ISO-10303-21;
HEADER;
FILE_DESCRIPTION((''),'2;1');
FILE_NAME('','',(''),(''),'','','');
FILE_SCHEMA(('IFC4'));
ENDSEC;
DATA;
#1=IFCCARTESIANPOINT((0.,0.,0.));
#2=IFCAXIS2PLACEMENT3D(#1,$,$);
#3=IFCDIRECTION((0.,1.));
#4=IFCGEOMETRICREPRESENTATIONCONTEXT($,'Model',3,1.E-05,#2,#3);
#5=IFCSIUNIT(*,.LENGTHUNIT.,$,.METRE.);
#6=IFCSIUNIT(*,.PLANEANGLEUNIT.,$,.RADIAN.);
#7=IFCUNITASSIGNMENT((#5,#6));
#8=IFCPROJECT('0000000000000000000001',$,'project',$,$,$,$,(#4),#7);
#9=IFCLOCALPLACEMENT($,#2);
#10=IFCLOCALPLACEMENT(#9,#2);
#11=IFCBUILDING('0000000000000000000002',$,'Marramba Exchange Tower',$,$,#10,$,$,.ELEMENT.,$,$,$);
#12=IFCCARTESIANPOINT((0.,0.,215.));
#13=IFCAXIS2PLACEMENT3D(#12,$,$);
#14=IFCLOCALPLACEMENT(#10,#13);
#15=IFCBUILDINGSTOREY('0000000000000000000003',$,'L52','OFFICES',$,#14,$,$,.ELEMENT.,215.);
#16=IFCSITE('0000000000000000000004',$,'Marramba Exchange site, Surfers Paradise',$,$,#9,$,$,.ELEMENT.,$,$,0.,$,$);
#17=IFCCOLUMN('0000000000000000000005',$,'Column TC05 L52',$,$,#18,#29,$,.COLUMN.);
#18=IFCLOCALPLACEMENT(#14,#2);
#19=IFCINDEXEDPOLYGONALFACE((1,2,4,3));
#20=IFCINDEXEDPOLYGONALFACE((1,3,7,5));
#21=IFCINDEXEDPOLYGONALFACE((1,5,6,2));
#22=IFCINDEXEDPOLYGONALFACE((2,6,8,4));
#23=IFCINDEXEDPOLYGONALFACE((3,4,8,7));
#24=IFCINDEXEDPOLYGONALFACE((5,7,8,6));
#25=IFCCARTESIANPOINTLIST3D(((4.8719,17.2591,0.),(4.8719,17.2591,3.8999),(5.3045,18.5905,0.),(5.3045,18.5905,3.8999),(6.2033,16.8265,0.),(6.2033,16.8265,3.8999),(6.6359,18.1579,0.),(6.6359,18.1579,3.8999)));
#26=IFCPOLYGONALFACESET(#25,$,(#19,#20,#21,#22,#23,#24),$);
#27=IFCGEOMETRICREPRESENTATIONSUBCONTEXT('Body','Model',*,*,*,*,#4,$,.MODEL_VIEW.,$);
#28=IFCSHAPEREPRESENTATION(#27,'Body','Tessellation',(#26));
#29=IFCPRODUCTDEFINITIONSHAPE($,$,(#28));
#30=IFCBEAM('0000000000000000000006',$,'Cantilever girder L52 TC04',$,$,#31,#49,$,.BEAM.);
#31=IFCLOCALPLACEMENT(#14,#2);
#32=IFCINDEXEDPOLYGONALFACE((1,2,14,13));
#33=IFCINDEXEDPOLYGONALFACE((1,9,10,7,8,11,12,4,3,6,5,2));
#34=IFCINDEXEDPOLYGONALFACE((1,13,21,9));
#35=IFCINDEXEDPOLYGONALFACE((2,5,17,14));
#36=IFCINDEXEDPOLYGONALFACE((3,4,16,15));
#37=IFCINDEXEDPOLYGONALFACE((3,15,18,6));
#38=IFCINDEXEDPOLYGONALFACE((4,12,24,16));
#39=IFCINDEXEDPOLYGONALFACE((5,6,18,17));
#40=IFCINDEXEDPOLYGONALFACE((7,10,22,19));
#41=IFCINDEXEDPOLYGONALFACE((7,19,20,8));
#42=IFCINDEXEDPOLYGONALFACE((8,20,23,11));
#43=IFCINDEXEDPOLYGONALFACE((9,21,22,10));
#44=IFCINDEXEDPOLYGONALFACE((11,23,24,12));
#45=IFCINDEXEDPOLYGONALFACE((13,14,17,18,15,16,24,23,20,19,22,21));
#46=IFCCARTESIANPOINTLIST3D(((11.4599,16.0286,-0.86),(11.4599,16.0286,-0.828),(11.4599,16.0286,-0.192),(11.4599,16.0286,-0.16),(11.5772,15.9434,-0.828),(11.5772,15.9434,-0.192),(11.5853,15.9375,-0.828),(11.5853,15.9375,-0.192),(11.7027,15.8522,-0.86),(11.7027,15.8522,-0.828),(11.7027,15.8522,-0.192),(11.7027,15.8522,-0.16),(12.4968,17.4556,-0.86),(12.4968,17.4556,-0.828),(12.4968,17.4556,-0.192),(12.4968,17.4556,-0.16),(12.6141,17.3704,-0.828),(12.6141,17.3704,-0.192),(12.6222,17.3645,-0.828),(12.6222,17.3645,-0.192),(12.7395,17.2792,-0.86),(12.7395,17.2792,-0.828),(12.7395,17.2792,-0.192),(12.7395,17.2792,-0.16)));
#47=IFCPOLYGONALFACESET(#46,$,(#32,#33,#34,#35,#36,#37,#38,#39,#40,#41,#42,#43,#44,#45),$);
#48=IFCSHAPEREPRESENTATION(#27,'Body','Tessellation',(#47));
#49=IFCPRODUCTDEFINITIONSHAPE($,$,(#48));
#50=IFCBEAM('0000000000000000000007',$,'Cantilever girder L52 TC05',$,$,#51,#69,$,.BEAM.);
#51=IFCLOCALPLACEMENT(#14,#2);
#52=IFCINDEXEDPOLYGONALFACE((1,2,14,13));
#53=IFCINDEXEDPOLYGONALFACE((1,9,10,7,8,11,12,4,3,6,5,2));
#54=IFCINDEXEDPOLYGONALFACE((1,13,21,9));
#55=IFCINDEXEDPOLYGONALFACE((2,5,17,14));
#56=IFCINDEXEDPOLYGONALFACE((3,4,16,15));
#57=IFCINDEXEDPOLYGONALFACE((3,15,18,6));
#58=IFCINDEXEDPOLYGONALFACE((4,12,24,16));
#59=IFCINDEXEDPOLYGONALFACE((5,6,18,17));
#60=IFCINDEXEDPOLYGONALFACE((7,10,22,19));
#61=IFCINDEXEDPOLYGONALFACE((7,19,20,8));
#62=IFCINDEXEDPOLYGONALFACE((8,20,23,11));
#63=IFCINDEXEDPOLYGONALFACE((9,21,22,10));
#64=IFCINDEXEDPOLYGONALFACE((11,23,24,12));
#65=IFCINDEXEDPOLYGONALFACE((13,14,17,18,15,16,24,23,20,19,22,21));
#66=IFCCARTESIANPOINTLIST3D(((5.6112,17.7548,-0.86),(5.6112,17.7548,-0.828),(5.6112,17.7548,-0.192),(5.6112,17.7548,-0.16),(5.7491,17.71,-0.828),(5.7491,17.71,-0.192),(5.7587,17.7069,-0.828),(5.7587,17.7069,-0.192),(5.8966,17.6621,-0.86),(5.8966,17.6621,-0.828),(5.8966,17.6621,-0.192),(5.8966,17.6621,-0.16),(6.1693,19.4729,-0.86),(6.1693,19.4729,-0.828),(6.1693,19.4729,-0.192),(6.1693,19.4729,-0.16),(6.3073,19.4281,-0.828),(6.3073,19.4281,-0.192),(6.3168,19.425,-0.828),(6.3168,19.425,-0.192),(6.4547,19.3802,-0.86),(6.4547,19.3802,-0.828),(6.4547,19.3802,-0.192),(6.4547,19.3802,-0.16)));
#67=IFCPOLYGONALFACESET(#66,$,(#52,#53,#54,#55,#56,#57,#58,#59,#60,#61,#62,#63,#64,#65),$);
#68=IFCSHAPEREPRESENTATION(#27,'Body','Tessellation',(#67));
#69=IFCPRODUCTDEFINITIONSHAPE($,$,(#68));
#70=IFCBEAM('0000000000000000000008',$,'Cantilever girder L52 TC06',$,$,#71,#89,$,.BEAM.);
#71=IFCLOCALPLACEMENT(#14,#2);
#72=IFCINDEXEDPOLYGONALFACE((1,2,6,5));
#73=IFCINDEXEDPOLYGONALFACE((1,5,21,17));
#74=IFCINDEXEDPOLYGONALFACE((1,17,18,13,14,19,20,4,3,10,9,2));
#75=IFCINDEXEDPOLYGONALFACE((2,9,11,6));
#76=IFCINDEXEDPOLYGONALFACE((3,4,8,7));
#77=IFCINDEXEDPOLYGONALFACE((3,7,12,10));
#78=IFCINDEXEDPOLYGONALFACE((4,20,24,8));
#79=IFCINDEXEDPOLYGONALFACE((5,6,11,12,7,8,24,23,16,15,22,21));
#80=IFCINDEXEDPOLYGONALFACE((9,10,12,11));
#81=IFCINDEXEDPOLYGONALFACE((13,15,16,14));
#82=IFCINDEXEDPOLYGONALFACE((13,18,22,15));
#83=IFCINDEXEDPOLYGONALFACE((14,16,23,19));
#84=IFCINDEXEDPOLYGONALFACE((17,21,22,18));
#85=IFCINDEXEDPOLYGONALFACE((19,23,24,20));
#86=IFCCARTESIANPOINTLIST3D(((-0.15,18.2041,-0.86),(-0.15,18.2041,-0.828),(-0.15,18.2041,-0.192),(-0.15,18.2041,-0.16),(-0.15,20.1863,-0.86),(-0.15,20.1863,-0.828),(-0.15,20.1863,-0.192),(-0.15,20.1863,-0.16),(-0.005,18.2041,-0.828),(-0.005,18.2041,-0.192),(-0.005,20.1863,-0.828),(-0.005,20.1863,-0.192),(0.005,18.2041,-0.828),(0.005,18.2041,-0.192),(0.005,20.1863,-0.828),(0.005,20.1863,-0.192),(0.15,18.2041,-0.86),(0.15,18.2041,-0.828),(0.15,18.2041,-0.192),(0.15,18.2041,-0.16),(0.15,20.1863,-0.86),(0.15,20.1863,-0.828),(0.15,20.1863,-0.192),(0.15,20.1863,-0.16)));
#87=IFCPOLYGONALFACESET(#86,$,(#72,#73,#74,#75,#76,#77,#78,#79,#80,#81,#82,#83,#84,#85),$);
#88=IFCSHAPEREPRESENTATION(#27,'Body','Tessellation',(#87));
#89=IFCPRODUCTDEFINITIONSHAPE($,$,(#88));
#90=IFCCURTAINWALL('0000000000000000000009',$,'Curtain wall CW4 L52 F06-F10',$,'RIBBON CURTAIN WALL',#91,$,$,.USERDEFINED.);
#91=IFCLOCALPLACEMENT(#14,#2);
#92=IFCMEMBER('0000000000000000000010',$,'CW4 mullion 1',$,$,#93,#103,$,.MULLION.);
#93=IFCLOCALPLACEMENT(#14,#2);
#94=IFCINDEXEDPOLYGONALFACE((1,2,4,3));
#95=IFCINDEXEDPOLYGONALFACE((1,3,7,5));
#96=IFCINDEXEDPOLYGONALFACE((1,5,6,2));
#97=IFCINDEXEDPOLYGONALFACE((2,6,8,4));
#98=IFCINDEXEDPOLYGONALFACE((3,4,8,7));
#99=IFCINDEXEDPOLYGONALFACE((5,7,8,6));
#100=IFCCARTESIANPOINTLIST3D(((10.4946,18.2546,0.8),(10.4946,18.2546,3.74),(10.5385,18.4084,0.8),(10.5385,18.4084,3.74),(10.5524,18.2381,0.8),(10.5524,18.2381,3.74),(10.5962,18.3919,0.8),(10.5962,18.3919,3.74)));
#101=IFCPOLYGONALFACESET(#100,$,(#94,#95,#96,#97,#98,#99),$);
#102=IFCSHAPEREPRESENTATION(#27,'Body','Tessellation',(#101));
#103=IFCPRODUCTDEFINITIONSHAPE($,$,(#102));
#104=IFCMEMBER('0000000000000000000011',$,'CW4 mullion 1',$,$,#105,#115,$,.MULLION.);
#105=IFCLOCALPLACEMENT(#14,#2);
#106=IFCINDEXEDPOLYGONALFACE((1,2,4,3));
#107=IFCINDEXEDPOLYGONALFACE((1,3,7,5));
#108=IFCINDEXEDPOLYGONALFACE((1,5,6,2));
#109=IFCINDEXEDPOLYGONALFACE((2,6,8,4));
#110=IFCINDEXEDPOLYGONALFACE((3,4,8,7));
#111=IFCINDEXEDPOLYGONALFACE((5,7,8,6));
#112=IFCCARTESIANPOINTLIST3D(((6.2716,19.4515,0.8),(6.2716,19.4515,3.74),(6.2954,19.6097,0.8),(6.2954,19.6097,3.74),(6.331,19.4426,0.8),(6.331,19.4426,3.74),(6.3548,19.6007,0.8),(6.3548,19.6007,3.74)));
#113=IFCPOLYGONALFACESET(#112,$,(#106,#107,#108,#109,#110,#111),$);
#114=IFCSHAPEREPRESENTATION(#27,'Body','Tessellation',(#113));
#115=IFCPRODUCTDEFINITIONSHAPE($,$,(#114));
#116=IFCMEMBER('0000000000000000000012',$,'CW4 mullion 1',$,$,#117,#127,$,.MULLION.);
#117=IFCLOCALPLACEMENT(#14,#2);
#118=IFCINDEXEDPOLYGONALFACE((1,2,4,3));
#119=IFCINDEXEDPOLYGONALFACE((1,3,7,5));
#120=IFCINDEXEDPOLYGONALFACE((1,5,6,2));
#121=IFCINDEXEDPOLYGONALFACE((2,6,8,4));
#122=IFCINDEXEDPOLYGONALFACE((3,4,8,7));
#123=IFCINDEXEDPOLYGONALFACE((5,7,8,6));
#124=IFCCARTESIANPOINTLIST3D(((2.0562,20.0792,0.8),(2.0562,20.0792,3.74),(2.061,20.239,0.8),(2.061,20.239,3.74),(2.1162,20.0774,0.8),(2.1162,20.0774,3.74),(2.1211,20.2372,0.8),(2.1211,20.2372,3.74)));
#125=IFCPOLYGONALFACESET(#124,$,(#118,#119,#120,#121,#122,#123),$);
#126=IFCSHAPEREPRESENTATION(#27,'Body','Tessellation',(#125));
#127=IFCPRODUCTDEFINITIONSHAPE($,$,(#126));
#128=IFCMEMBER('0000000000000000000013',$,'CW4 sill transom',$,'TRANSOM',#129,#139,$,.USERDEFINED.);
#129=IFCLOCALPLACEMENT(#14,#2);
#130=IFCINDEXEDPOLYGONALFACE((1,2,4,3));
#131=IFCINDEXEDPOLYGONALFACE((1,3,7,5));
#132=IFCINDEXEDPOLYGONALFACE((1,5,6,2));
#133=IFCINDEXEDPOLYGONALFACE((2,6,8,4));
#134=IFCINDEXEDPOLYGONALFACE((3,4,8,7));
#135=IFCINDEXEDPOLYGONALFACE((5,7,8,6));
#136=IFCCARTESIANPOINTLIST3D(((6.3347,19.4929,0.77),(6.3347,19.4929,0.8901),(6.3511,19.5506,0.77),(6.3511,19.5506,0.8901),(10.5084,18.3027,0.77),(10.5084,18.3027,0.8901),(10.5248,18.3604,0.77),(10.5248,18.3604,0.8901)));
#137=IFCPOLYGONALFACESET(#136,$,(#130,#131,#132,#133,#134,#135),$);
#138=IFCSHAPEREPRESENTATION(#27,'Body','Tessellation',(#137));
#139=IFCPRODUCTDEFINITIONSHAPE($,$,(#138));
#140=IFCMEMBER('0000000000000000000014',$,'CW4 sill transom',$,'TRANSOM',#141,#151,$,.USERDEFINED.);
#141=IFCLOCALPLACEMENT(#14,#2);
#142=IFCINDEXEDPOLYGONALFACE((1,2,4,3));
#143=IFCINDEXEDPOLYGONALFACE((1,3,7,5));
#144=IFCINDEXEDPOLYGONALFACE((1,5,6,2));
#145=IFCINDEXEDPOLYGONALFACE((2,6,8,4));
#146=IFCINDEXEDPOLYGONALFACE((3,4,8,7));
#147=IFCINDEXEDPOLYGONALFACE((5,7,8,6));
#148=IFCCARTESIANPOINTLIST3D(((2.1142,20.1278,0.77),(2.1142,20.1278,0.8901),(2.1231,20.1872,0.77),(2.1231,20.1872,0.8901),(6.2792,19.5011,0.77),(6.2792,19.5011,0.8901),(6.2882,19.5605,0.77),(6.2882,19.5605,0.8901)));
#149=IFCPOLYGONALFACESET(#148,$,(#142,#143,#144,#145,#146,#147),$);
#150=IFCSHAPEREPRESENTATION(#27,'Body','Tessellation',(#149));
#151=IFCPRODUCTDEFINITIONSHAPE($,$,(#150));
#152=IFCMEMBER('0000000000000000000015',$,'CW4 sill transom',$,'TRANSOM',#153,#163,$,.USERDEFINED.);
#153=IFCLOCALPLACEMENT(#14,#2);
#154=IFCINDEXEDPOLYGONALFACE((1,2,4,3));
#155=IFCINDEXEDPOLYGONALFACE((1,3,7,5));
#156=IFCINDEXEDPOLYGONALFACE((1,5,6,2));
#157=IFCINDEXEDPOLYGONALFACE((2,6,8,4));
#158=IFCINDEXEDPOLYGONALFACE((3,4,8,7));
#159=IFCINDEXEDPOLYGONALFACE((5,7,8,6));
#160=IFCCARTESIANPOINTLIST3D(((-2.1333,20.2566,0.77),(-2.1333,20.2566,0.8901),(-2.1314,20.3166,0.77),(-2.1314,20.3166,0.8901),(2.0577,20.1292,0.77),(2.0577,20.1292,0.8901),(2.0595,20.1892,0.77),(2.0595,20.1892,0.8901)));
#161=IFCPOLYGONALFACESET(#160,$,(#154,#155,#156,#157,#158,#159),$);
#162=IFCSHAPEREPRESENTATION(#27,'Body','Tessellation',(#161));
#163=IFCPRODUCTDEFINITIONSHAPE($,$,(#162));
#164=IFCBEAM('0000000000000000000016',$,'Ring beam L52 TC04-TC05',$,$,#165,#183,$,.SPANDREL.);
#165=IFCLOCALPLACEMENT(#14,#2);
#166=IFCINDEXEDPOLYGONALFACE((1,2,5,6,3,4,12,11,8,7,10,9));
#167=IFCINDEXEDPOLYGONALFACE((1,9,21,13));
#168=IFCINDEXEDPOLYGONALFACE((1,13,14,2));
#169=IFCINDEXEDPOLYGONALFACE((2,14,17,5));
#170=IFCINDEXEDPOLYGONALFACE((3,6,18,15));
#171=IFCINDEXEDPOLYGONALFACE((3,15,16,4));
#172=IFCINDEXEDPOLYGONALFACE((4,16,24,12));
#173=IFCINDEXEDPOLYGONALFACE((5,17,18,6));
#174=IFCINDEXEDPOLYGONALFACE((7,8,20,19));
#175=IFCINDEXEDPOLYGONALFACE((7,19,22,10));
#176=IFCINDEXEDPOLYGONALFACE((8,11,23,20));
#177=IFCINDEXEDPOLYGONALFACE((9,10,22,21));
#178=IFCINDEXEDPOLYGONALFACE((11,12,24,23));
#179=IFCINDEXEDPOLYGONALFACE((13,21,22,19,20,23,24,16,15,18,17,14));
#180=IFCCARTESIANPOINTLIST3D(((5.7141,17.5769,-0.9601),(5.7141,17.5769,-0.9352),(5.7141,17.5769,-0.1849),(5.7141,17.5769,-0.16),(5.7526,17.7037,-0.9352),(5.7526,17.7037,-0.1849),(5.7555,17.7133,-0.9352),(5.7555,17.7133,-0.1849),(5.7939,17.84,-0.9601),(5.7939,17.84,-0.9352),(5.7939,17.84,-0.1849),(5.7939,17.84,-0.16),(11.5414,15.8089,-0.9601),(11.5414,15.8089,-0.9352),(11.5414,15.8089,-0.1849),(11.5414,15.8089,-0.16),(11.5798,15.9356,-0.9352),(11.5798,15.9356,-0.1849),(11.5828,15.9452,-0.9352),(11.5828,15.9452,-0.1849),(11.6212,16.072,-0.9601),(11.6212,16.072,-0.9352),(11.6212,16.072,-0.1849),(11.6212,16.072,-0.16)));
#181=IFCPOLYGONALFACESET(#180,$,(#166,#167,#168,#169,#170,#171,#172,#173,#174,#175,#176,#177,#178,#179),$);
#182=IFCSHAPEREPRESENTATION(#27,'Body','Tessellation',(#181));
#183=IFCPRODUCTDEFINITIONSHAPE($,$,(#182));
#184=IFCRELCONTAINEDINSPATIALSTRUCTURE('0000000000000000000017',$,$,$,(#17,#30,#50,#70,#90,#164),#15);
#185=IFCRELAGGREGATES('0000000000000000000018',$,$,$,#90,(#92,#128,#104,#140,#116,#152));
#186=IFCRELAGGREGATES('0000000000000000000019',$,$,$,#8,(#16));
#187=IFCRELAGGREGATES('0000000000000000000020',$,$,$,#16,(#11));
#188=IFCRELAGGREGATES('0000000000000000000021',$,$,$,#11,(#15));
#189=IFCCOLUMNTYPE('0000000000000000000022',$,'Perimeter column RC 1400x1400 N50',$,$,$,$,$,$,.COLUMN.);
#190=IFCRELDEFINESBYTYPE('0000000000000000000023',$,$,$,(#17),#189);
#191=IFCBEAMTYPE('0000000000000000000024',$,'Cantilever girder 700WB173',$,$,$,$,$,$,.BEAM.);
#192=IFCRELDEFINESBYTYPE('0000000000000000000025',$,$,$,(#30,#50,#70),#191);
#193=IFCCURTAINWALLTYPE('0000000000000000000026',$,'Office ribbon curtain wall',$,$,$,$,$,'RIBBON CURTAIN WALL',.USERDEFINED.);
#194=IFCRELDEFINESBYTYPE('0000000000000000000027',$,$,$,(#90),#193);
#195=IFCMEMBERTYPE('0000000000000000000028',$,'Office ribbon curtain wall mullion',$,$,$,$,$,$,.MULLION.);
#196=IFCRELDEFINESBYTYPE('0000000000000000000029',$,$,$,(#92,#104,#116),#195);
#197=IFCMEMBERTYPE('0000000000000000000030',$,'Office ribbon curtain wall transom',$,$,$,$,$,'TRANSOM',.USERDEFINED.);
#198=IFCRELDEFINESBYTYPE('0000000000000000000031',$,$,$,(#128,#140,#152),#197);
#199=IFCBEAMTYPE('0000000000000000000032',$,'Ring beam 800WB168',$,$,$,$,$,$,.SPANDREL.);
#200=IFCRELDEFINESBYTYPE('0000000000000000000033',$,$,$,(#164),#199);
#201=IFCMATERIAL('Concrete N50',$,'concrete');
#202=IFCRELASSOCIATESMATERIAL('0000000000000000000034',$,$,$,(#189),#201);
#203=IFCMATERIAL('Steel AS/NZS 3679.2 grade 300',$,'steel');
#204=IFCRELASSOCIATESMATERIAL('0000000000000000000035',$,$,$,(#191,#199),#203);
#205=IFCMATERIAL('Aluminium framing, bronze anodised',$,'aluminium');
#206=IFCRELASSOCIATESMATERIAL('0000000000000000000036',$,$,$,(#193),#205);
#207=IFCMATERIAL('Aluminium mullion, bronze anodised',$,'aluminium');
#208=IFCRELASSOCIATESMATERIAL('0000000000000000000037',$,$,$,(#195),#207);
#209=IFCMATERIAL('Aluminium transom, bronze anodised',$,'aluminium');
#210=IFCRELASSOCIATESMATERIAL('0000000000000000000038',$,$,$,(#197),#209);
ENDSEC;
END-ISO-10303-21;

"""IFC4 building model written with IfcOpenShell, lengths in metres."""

from ifc_helpers import new_model, si_unit, direction, frame, origin, origin_2d, place, context, subcontext, project, spatial, rectangle, i_section, extrude, material, material_profile, profile_set, type_object, element, aggregate, save


model = new_model("IFC4")

# Units and contexts
model_context = context("Model", 3, precision=1e-05, world=origin(), true_north=direction((0.0, 1.0)))
body_context = subcontext(model_context, "Body", "Model", "MODEL_VIEW")
ifc_project = project(units=[si_unit("LENGTHUNIT", "METRE"), si_unit("PLANEANGLEUNIT", "RADIAN")], contexts=[model_context])

# Site, building, storey
site_placement = place(None, origin())
site = spatial("IfcSite", under=ifc_project, at=site_placement, Name="Marramba Exchange site, Surfers Paradise", CompositionType="ELEMENT", RefElevation=0.0)
building_placement = place(site_placement, origin())
building = spatial("IfcBuilding", under=site, at=building_placement, Name="Marramba Exchange Tower", CompositionType="ELEMENT")
storey_placement = place(building_placement, frame((0.0, 0.0, 215.0)))
storey = spatial("IfcBuildingStorey", under=building, at=storey_placement, Name="L52", Description="OFFICES", CompositionType="ELEMENT", Elevation=215.0)

# Column
ifc_material_1 = material(Name="Concrete N50", Category="concrete")
ifc_material_profile_1 = material_profile(ifc_material_1, rectangle(XDim=1.3999, YDim=1.3999, at=origin_2d()), Name="RC 1400x1400")
ifc_profile_set_1 = profile_set([ifc_material_profile_1], Name="Concrete N50")
column_type = type_object("IfcColumnType", Name="Perimeter column RC 1400x1400 N50", PredefinedType="COLUMN", material=ifc_profile_set_1)
column_placement = place(storey_placement, frame((5.7539, 17.7085, 0.0), z_axis=(0.0, 0.0, 1.0), x_axis=(0.309017, 0.951057, 0.0)))
element("IfcColumn", 1, at=column_placement, inside=storey, type_object=column_type, Name="Column TC05 L52", PredefinedType="COLUMN", context=body_context, shape_type="SweptSolid", body=[
    extrude(rectangle(XDim=1.3999, YDim=1.3999, at=origin_2d()), origin(), (0.0, 0.0, 1.0), 3.8999),
])

# Beams
ifc_material_2 = material(Name="Steel AS/NZS 3679.2 grade 300", Category="steel")
ifc_material_profile_2 = material_profile(ifc_material_2, i_section(OverallWidth=0.3, OverallDepth=0.7, WebThickness=0.01, FlangeThickness=0.032, at=origin_2d()), Name="700WB173")
ifc_profile_set_2 = profile_set([ifc_material_profile_2], Name="Steel AS/NZS 3679.2 grade 300")
beam_type_1 = type_object("IfcBeamType", Name="Cantilever girder 700WB173", PredefinedType="BEAM", material=ifc_profile_set_2)
beam_1_placement = place(storey_placement, frame((11.5813, 15.9404, -0.51), z_axis=(0.587818, 0.808993, 0.0), x_axis=(-0.808993, 0.587818, 0.0)))
element("IfcBeam", 2, at=beam_1_placement, inside=storey, type_object=beam_type_1, Name="Cantilever girder L52 TC04", PredefinedType="BEAM", context=body_context, shape_type="SweptSolid", body=[
    extrude(i_section(OverallWidth=0.3, OverallDepth=0.7, WebThickness=0.01, FlangeThickness=0.032, at=origin_2d()), origin(), (0.0, 0.0, 1.0), 1.7639),
])
beam_2_placement = place(storey_placement, frame((5.7539, 17.7085, -0.51), z_axis=(0.308961, 0.951075, 0.0), x_axis=(-0.951075, 0.308961, 0.0)))
element("IfcBeam", 3, at=beam_2_placement, inside=storey, type_object=beam_type_1, Name="Cantilever girder L52 TC05", PredefinedType="BEAM", context=body_context, shape_type="SweptSolid", body=[
    extrude(i_section(OverallWidth=0.3, OverallDepth=0.7, WebThickness=0.01, FlangeThickness=0.032, at=origin_2d()), origin(), (0.0, 0.0, 1.0), 1.8064),
])
beam_3_placement = place(storey_placement, frame((0.0, 18.2041, -0.51), z_axis=(0.0, 1.0, 0.0), x_axis=(-1.0, 0.0, 0.0)))
element("IfcBeam", 4, at=beam_3_placement, inside=storey, type_object=beam_type_1, Name="Cantilever girder L52 TC06", PredefinedType="BEAM", context=body_context, shape_type="SweptSolid", body=[
    extrude(i_section(OverallWidth=0.3, OverallDepth=0.7, WebThickness=0.01, FlangeThickness=0.032, at=origin_2d()), origin(), (0.0, 0.0, 1.0), 1.9822),
])

# Curtain wall, members
ifc_material_3 = material(Name="Aluminium framing, bronze anodised", Category="aluminium")
curtain_wall_type = type_object("IfcCurtainWallType", Name="Office ribbon curtain wall", ElementType="RIBBON CURTAIN WALL", PredefinedType="USERDEFINED", material=ifc_material_3)
curtain_wall_placement = place(storey_placement, origin())
curtain_wall = element("IfcCurtainWall", 5, at=curtain_wall_placement, inside=storey, type_object=curtain_wall_type, Name="Curtain wall CW4 L52 F06-F10", ObjectType="RIBBON CURTAIN WALL", PredefinedType="USERDEFINED")
ifc_material_4 = material(Name="Aluminium mullion, bronze anodised", Category="aluminium")
ifc_material_profile_3 = material_profile(ifc_material_4, rectangle(XDim=0.1599, YDim=0.0601, at=origin_2d()), Name="CW4 mullion 60x160")
ifc_profile_set_3 = profile_set([ifc_material_profile_3], Name="Aluminium mullion, bronze anodised")
member_type_1 = type_object("IfcMemberType", Name="Office ribbon curtain wall mullion", PredefinedType="MULLION", material=ifc_profile_set_3)
member_1_placement = place(storey_placement, frame((10.5454, 18.3232, 0.8), z_axis=(0.0, 0.0, 1.0), x_axis=(-0.274248, -0.961659, 0.0)))
member_1 = element("IfcMember", 6, at=member_1_placement, type_object=member_type_1, Name="CW4 mullion 1", PredefinedType="MULLION", context=body_context, shape_type="SweptSolid", body=[
    extrude(rectangle(XDim=0.1599, YDim=0.0601, at=origin_2d()), origin(), (0.0, 0.0, 1.0), 2.9399),
])
member_2_placement = place(storey_placement, frame((6.3132, 19.5261, 0.8), z_axis=(0.0, 0.0, 1.0), x_axis=(-0.148795, -0.988868, 0.0)))
member_2 = element("IfcMember", 7, at=member_2_placement, type_object=member_type_1, Name="CW4 mullion 1", PredefinedType="MULLION", context=body_context, shape_type="SweptSolid", body=[
    extrude(rectangle(XDim=0.1599, YDim=0.0601, at=origin_2d()), origin(), (0.0, 0.0, 1.0), 2.9399),
])
member_3_placement = place(storey_placement, frame((2.0886, 20.1582, 0.8), z_axis=(0.0, 0.0, 1.0), x_axis=(-0.030394, -0.999538, 0.0)))
member_3 = element("IfcMember", 8, at=member_3_placement, type_object=member_type_1, Name="CW4 mullion 1", PredefinedType="MULLION", context=body_context, shape_type="SweptSolid", body=[
    extrude(rectangle(XDim=0.1599, YDim=0.0601, at=origin_2d()), origin(), (0.0, 0.0, 1.0), 2.9399),
])
ifc_material_5 = material(Name="Aluminium transom, bronze anodised", Category="aluminium")
ifc_material_profile_4 = material_profile(ifc_material_5, rectangle(XDim=0.0601, YDim=0.1201, at=origin_2d()), Name="CW4 transom 60x120")
ifc_profile_set_4 = profile_set([ifc_material_profile_4], Name="Aluminium transom, bronze anodised")
member_type_2 = type_object("IfcMemberType", Name="Office ribbon curtain wall transom", ElementType="TRANSOM", PredefinedType="USERDEFINED", material=ifc_profile_set_4)
member_4_placement = place(storey_placement, frame((10.5166, 18.3315, 0.8301), z_axis=(-0.961662, 0.274238, 0.0), x_axis=(-0.274238, -0.961662, 0.0)))
member_4 = element("IfcMember", 9, at=member_4_placement, type_object=member_type_2, Name="CW4 sill transom", ObjectType="TRANSOM", PredefinedType="USERDEFINED", context=body_context, shape_type="SweptSolid", body=[
    extrude(rectangle(XDim=0.0601, YDim=0.1201, at=origin_2d()), origin(), (0.0, 0.0, 1.0), 4.3401),
])
member_5_placement = place(storey_placement, frame((6.2837, 19.5308, 0.8301), z_axis=(-0.988868, 0.148794, 0.0), x_axis=(-0.148794, -0.988868, 0.0)))
member_5 = element("IfcMember", 10, at=member_5_placement, type_object=member_type_2, Name="CW4 sill transom", ObjectType="TRANSOM", PredefinedType="USERDEFINED", context=body_context, shape_type="SweptSolid", body=[
    extrude(rectangle(XDim=0.0601, YDim=0.1201, at=origin_2d()), origin(), (0.0, 0.0, 1.0), 4.2119),
])
member_6_placement = place(storey_placement, frame((2.0586, 20.1592, 0.8301), z_axis=(-0.999538, 0.030395, 0.0), x_axis=(-0.030395, -0.999538, 0.0)))
member_6 = element("IfcMember", 11, at=member_6_placement, type_object=member_type_2, Name="CW4 sill transom", ObjectType="TRANSOM", PredefinedType="USERDEFINED", context=body_context, shape_type="SweptSolid", body=[
    extrude(rectangle(XDim=0.0601, YDim=0.1201, at=origin_2d()), origin(), (0.0, 0.0, 1.0), 4.1929),
])

# Beam
ifc_material_profile_5 = material_profile(ifc_material_2, i_section(OverallWidth=0.2749, OverallDepth=0.8, WebThickness=0.01, FlangeThickness=0.0249, at=origin_2d()), Name="800WB168")
ifc_profile_set_5 = profile_set([ifc_material_profile_5], Name="Steel AS/NZS 3679.2 grade 300")
beam_type_2 = type_object("IfcBeamType", Name="Ring beam 800WB168", PredefinedType="SPANDREL", material=ifc_profile_set_5)
beam_4_placement = place(storey_placement, frame((11.5813, 15.9404, -0.5601), z_axis=(-0.956925, 0.290337, 0.0), x_axis=(-0.290337, -0.956925, 0.0)))
element("IfcBeam", 12, at=beam_4_placement, inside=storey, type_object=beam_type_2, Name="Ring beam L52 TC04-TC05", PredefinedType="SPANDREL", context=body_context, shape_type="SweptSolid", body=[
    extrude(i_section(OverallWidth=0.2749, OverallDepth=0.8, WebThickness=0.01, FlangeThickness=0.0249, at=origin_2d()), origin(), (0.0, 0.0, 1.0), 6.0896),
])

aggregate(curtain_wall, [member_1, member_4, member_2, member_5, member_3, member_6])

save(model, "model.ifc")
